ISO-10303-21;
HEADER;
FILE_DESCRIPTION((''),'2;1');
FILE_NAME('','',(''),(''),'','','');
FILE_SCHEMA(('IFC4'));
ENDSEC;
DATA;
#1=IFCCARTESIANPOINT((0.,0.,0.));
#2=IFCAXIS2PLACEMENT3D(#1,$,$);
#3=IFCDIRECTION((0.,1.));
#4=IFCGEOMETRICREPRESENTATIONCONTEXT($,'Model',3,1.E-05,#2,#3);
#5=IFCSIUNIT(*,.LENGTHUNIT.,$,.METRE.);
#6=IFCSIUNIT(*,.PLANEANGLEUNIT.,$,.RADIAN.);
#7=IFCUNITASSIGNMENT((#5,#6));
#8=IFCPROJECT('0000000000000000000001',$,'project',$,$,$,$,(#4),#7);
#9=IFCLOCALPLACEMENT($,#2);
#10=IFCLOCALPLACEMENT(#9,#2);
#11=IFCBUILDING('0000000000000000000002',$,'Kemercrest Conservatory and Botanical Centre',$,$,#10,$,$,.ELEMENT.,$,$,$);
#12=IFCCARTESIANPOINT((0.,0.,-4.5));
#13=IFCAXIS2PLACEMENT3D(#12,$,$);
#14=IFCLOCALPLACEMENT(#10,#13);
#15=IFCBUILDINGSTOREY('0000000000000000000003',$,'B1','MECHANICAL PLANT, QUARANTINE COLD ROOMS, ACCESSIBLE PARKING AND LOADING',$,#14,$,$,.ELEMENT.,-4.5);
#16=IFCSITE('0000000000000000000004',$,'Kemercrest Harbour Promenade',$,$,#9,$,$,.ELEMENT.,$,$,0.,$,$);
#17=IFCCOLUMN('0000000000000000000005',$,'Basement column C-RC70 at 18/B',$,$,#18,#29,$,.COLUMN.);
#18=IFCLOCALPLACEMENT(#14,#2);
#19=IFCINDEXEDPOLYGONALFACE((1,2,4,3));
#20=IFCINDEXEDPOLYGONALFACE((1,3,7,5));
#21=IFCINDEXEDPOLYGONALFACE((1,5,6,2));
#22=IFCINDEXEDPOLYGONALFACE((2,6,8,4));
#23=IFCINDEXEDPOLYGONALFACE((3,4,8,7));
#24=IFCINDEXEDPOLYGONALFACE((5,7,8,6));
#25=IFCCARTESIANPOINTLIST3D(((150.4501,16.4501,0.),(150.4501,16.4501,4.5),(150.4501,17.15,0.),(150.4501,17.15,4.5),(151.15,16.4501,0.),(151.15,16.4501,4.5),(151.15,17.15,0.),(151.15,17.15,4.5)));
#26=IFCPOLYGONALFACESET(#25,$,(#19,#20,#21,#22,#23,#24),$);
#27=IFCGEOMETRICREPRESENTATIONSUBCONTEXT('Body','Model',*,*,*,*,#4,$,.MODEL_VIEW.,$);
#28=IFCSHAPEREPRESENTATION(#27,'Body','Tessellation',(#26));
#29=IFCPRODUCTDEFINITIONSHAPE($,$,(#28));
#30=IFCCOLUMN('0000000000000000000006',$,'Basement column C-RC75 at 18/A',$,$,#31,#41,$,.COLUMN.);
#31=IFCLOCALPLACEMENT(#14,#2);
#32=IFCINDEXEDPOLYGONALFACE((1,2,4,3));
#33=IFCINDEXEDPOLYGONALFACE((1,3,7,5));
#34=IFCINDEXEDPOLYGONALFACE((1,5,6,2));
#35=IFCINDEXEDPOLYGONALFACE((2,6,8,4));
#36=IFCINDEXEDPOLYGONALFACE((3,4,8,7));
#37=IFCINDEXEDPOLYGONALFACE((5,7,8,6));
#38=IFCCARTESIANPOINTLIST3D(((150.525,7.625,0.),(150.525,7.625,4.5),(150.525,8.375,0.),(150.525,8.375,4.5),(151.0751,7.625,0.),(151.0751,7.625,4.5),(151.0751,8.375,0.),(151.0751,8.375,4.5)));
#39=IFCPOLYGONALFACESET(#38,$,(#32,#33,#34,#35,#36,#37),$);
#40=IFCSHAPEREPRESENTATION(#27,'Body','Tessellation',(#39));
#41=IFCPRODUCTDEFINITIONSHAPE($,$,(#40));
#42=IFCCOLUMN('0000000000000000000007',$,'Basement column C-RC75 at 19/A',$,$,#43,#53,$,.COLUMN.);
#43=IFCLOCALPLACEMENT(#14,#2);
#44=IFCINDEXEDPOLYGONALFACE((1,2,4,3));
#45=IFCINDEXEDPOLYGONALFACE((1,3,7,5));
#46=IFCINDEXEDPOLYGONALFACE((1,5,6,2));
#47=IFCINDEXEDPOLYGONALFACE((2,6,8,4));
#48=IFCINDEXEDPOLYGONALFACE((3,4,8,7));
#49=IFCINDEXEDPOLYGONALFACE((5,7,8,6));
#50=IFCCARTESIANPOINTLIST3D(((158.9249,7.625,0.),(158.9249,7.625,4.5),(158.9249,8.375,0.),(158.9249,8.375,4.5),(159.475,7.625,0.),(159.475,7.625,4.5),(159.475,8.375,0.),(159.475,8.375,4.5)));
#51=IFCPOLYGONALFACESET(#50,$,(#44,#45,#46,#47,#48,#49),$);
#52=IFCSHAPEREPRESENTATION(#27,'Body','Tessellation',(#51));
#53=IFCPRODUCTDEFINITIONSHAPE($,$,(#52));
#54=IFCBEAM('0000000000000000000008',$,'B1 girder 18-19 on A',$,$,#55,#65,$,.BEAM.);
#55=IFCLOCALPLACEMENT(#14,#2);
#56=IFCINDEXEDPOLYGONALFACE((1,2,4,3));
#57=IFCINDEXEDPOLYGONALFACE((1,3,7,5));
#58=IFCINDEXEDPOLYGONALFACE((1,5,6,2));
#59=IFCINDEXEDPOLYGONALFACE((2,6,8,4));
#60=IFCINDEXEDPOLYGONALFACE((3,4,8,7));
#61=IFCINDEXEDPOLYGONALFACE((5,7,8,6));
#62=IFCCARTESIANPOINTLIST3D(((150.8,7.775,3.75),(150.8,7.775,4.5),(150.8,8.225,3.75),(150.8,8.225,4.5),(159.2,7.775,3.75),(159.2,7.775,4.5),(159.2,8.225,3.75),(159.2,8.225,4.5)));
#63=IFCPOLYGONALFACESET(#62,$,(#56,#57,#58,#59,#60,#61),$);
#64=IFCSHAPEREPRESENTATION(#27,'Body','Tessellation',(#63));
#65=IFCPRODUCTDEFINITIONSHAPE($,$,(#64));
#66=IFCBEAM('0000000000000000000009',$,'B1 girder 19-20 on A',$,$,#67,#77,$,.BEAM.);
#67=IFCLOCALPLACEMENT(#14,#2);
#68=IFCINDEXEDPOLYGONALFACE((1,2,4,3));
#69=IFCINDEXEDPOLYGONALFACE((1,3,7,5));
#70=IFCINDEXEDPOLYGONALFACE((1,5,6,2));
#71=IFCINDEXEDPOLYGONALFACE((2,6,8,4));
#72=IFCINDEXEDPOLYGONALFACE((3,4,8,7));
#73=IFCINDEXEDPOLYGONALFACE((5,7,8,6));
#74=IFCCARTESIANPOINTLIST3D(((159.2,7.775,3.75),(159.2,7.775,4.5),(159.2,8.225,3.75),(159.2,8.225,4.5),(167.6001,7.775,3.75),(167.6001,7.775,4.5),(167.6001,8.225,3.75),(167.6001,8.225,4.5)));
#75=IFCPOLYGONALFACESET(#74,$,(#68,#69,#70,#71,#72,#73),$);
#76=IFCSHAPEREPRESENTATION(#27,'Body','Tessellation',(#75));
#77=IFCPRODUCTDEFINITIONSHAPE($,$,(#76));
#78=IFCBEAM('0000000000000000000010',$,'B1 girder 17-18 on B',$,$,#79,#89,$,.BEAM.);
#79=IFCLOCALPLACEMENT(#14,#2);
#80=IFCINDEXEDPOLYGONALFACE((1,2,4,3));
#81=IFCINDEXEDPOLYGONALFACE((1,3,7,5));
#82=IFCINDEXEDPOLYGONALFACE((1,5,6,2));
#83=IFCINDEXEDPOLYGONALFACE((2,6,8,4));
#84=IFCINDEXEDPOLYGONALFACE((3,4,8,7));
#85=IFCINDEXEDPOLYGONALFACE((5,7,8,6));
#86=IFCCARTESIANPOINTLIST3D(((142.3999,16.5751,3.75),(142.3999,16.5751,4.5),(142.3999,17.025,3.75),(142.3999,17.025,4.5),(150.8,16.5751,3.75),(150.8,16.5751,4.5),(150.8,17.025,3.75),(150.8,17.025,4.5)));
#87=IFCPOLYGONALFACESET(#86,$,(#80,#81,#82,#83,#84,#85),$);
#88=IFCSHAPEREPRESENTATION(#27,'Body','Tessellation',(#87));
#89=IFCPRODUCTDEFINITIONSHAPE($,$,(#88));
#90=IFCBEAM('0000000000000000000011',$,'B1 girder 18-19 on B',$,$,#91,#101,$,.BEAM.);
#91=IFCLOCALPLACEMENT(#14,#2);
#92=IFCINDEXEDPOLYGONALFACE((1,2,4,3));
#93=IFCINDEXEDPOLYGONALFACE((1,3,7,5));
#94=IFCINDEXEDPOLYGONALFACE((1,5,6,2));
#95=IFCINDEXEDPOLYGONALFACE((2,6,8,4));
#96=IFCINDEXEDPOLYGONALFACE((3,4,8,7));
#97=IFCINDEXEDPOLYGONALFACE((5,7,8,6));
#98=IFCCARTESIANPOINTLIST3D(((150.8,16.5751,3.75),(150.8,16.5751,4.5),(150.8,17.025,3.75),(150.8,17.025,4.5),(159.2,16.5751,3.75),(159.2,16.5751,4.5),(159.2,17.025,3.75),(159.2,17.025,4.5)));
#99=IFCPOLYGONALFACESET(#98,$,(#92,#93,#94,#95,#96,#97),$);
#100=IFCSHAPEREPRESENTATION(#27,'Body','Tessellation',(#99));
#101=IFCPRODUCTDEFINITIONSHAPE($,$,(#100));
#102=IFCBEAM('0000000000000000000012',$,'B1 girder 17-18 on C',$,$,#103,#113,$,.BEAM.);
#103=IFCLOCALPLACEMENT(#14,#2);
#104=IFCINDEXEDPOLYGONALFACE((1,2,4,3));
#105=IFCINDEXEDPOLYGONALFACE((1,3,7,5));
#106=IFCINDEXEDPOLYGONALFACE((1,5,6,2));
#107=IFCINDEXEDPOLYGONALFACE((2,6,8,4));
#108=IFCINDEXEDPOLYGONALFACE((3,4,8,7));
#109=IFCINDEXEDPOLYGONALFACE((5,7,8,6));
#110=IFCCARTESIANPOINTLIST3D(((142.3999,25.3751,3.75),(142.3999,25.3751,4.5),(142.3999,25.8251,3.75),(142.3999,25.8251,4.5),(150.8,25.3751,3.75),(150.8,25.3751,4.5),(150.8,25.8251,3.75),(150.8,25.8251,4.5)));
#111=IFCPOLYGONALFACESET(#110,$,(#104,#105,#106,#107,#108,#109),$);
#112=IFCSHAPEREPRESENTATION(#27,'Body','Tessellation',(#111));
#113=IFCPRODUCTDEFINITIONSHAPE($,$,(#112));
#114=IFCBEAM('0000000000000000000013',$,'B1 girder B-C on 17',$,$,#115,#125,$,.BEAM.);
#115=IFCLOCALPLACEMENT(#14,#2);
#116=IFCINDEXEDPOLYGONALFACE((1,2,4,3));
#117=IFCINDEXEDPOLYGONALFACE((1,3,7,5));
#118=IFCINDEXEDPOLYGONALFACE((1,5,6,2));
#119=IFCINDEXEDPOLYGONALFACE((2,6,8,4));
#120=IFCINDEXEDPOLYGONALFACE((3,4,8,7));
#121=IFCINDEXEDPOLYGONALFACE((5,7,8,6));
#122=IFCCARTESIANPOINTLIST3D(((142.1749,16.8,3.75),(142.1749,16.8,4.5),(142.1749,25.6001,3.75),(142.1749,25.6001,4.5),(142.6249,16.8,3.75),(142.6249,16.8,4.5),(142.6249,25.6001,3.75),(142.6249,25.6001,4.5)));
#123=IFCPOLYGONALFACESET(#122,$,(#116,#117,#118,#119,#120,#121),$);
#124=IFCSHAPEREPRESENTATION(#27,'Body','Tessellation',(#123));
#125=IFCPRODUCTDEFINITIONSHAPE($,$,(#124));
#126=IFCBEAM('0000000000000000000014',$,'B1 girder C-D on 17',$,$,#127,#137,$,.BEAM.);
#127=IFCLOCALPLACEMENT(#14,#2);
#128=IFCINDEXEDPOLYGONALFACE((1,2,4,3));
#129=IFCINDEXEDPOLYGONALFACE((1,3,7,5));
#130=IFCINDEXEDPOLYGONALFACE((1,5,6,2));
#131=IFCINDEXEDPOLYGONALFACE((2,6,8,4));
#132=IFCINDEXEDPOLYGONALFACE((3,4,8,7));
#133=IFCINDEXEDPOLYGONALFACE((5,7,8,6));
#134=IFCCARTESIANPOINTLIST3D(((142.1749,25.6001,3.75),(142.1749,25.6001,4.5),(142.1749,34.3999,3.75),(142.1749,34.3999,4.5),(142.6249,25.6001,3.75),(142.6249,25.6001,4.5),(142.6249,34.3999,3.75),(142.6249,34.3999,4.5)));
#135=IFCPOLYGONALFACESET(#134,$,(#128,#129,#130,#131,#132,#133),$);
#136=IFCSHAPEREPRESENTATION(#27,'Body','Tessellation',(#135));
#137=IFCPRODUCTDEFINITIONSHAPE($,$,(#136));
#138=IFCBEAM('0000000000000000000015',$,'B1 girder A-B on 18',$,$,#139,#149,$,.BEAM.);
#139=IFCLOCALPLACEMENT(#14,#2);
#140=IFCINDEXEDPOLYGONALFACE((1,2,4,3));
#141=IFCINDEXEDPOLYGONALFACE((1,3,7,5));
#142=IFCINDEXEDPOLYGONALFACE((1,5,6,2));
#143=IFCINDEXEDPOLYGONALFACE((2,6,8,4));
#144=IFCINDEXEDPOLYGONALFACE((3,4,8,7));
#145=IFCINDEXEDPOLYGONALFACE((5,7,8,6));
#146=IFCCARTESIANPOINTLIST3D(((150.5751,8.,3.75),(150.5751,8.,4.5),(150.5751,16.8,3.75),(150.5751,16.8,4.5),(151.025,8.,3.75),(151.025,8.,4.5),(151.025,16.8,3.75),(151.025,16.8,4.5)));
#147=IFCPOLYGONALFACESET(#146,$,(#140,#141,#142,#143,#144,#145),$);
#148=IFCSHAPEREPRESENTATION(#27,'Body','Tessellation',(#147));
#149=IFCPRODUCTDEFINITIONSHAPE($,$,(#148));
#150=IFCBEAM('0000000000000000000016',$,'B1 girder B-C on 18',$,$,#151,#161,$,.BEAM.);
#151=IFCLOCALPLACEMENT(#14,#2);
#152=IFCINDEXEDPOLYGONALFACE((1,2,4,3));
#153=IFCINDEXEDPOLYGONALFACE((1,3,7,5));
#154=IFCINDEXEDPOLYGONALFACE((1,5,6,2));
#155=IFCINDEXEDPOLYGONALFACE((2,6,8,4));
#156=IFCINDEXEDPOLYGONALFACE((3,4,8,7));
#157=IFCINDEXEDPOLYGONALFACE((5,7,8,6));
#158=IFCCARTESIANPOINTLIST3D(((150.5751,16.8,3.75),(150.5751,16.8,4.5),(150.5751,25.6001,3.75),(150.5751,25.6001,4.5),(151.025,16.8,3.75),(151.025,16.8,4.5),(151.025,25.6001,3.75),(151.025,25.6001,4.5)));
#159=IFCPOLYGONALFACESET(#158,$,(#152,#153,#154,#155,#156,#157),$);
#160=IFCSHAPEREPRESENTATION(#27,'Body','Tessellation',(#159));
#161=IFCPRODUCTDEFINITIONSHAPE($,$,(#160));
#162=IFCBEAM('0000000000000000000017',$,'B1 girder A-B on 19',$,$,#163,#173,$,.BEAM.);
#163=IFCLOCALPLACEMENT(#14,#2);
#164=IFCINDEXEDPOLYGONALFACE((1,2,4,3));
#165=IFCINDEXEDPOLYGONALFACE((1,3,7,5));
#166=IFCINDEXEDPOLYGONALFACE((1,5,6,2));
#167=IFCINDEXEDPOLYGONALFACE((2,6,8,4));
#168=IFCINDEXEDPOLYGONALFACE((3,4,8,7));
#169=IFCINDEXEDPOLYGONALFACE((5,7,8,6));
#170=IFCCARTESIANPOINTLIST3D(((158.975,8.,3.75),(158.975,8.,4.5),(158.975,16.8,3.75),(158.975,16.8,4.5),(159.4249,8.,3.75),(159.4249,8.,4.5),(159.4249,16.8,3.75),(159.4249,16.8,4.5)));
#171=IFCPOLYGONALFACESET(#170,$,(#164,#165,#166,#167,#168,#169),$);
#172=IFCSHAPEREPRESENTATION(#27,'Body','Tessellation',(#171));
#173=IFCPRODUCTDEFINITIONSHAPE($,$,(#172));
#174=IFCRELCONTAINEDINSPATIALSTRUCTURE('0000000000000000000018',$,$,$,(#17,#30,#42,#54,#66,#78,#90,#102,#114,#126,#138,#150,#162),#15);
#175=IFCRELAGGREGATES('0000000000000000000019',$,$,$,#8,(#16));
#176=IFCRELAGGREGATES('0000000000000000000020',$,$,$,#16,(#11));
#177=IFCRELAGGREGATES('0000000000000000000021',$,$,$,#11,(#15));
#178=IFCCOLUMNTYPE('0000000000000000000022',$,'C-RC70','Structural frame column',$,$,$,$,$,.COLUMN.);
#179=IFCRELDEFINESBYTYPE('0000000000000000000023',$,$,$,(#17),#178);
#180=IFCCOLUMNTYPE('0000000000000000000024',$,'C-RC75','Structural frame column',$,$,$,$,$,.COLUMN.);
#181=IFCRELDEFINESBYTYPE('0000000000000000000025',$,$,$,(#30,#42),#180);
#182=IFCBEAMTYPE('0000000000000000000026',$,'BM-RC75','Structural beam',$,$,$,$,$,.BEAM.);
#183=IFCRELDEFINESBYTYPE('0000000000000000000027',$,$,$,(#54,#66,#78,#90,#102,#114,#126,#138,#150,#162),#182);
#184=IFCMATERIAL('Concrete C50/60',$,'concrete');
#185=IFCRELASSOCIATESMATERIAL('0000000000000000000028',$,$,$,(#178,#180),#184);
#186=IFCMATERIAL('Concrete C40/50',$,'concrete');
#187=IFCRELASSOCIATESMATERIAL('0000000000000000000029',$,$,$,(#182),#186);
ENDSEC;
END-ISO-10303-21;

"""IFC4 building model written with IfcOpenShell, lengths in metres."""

from ifc_helpers import new_model, si_unit, direction, frame, origin, origin_2d, place, context, subcontext, project, spatial, rectangle, extrude, material, material_profile, profile_set, type_object, element, save


model = new_model("IFC4")

# Units and contexts
model_context = context("Model", 3, precision=1e-05, world=origin(), true_north=direction((0.0, 1.0)))
body_context = subcontext(model_context, "Body", "Model", "MODEL_VIEW")
ifc_project = project(units=[si_unit("LENGTHUNIT", "METRE"), si_unit("PLANEANGLEUNIT", "RADIAN")], contexts=[model_context])

# Site, building, storey
site_placement = place(None, origin())
site = spatial("IfcSite", under=ifc_project, at=site_placement, Name="Kemercrest Harbour Promenade", CompositionType="ELEMENT", RefElevation=0.0)
building_placement = place(site_placement, origin())
building = spatial("IfcBuilding", under=site, at=building_placement, Name="Kemercrest Conservatory and Botanical Centre", CompositionType="ELEMENT")
storey_placement = place(building_placement, frame((0.0, 0.0, -4.5)))
storey = spatial("IfcBuildingStorey", under=building, at=storey_placement, Name="B1", Description="MECHANICAL PLANT, QUARANTINE COLD ROOMS, ACCESSIBLE PARKING AND LOADING", CompositionType="ELEMENT", Elevation=-4.5)

# Shared definitions
ifc_material_1 = material(Name="Concrete C40/50", Category="concrete")

# Columns
ifc_material_2 = material(Name="Concrete C50/60", Category="concrete")
ifc_material_profile_1 = material_profile(ifc_material_2, rectangle(XDim=0.7, YDim=0.7, at=origin_2d()), Name="RC 700x700")
ifc_profile_set_1 = profile_set([ifc_material_profile_1], Name="Concrete C50/60")
column_type_1 = type_object("IfcColumnType", Name="C-RC70", Description="Structural frame column", PredefinedType="COLUMN", material=ifc_profile_set_1)
for number, where, z_axis, x_axis, name in (
    (1, (150.8, 16.8, 0.0), (0.0, 0.0, 1.0), (1.0, 0.0, 0.0), "Basement column C-RC70 at 18/B"),
):
    element("IfcColumn", number, at=place(storey_placement, frame(where, z_axis=z_axis, x_axis=x_axis)), inside=storey, type_object=column_type_1, Name=name, PredefinedType="COLUMN", context=body_context, shape_type="SweptSolid", body=[
        extrude(rectangle(XDim=0.7, YDim=0.7, at=origin_2d()), origin(), (0.0, 0.0, 1.0), 4.5),
    ])
ifc_material_profile_2 = material_profile(ifc_material_2, rectangle(XDim=0.55, YDim=0.75, at=origin_2d()), Name="RC 750x550")
ifc_profile_set_2 = profile_set([ifc_material_profile_2], Name="Concrete C50/60")
column_type_2 = type_object("IfcColumnType", Name="C-RC75", Description="Structural frame column", PredefinedType="COLUMN", material=ifc_profile_set_2)
for number, where, z_axis, x_axis, name in (
    (2, (150.8, 8.0, 0.0), (0.0, 0.0, 1.0), (1.0, 0.0, 0.0), "Basement column C-RC75 at 18/A"),
    (3, (159.2, 8.0, 0.0), (0.0, 0.0, 1.0), (1.0, 0.0, 0.0), "Basement column C-RC75 at 19/A"),
):
    element("IfcColumn", number, at=place(storey_placement, frame(where, z_axis=z_axis, x_axis=x_axis)), inside=storey, type_object=column_type_2, Name=name, PredefinedType="COLUMN", context=body_context, shape_type="SweptSolid", body=[
        extrude(rectangle(XDim=0.55, YDim=0.75, at=origin_2d()), origin(), (0.0, 0.0, 1.0), 4.5),
    ])

# Beams
ifc_material_profile_3 = material_profile(ifc_material_1, rectangle(XDim=0.45, YDim=0.75, at=origin_2d()), Name="RC 450x750")
ifc_profile_set_3 = profile_set([ifc_material_profile_3], Name="Concrete C40/50")
beam_type = type_object("IfcBeamType", Name="BM-RC75", Description="Structural beam", PredefinedType="BEAM", material=ifc_profile_set_3)
beam_1_placement = place(storey_placement, frame((150.8, 8.0, 4.125), z_axis=(1.0, 0.0, 0.0), x_axis=(0.0, 1.0, 0.0)))
element("IfcBeam", 4, at=beam_1_placement, inside=storey, type_object=beam_type, Name="B1 girder 18-19 on A", PredefinedType="BEAM", context=body_context, shape_type="SweptSolid", body=[
    extrude(rectangle(XDim=0.45, YDim=0.75, at=origin_2d()), origin(), (0.0, 0.0, 1.0), 8.3999),
])
for number, where, z_axis, x_axis, name in (
    (5, (159.2, 8.0, 4.125), (1.0, 0.0, 0.0), (0.0, 1.0, 0.0), "B1 girder 19-20 on A"),
    (6, (142.3999, 16.8, 4.125), (1.0, 0.0, 0.0), (0.0, 1.0, 0.0), "B1 girder 17-18 on B"),
):
    element("IfcBeam", number, at=place(storey_placement, frame(where, z_axis=z_axis, x_axis=x_axis)), inside=storey, type_object=beam_type, Name=name, PredefinedType="BEAM", context=body_context, shape_type="SweptSolid", body=[
        extrude(rectangle(XDim=0.45, YDim=0.75, at=origin_2d()), origin(), (0.0, 0.0, 1.0), 8.4001),
    ])
beam_2_placement = place(storey_placement, frame((150.8, 16.8, 4.125), z_axis=(1.0, 0.0, 0.0), x_axis=(0.0, 1.0, 0.0)))
element("IfcBeam", 7, at=beam_2_placement, inside=storey, type_object=beam_type, Name="B1 girder 18-19 on B", PredefinedType="BEAM", context=body_context, shape_type="SweptSolid", body=[
    extrude(rectangle(XDim=0.45, YDim=0.75, at=origin_2d()), origin(), (0.0, 0.0, 1.0), 8.3999),
])
beam_3_placement = place(storey_placement, frame((142.3999, 25.6001, 4.125), z_axis=(1.0, 0.0, 0.0), x_axis=(0.0, 1.0, 0.0)))
element("IfcBeam", 8, at=beam_3_placement, inside=storey, type_object=beam_type, Name="B1 girder 17-18 on C", PredefinedType="BEAM", context=body_context, shape_type="SweptSolid", body=[
    extrude(rectangle(XDim=0.45, YDim=0.75, at=origin_2d()), origin(), (0.0, 0.0, 1.0), 8.4001),
])
beam_4_placement = place(storey_placement, frame((142.3999, 16.8, 4.125), z_axis=(0.0, 1.0, 0.0), x_axis=(-1.0, 0.0, 0.0)))
element("IfcBeam", 9, at=beam_4_placement, inside=storey, type_object=beam_type, Name="B1 girder B-C on 17", PredefinedType="BEAM", context=body_context, shape_type="SweptSolid", body=[
    extrude(rectangle(XDim=0.45, YDim=0.75, at=origin_2d()), origin(), (0.0, 0.0, 1.0), 8.8),
])
beam_5_placement = place(storey_placement, frame((142.3999, 25.6001, 4.125), z_axis=(0.0, 1.0, 0.0), x_axis=(-1.0, 0.0, 0.0)))
element("IfcBeam", 10, at=beam_5_placement, inside=storey, type_object=beam_type, Name="B1 girder C-D on 17", PredefinedType="BEAM", context=body_context, shape_type="SweptSolid", body=[
    extrude(rectangle(XDim=0.45, YDim=0.75, at=origin_2d()), origin(), (0.0, 0.0, 1.0), 8.7998),
])
for number, where, z_axis, x_axis, name in (
    (11, (150.8, 8.0, 4.125), (0.0, 1.0, 0.0), (-1.0, 0.0, 0.0), "B1 girder A-B on 18"),
    (12, (150.8, 16.8, 4.125), (0.0, 1.0, 0.0), (-1.0, 0.0, 0.0), "B1 girder B-C on 18"),
    (13, (159.2, 8.0, 4.125), (0.0, 1.0, 0.0), (-1.0, 0.0, 0.0), "B1 girder A-B on 19"),
):
    element("IfcBeam", number, at=place(storey_placement, frame(where, z_axis=z_axis, x_axis=x_axis)), inside=storey, type_object=beam_type, Name=name, PredefinedType="BEAM", context=body_context, shape_type="SweptSolid", body=[
        extrude(rectangle(XDim=0.45, YDim=0.75, at=origin_2d()), origin(), (0.0, 0.0, 1.0), 8.8),
    ])

save(model, "model.ifc")
